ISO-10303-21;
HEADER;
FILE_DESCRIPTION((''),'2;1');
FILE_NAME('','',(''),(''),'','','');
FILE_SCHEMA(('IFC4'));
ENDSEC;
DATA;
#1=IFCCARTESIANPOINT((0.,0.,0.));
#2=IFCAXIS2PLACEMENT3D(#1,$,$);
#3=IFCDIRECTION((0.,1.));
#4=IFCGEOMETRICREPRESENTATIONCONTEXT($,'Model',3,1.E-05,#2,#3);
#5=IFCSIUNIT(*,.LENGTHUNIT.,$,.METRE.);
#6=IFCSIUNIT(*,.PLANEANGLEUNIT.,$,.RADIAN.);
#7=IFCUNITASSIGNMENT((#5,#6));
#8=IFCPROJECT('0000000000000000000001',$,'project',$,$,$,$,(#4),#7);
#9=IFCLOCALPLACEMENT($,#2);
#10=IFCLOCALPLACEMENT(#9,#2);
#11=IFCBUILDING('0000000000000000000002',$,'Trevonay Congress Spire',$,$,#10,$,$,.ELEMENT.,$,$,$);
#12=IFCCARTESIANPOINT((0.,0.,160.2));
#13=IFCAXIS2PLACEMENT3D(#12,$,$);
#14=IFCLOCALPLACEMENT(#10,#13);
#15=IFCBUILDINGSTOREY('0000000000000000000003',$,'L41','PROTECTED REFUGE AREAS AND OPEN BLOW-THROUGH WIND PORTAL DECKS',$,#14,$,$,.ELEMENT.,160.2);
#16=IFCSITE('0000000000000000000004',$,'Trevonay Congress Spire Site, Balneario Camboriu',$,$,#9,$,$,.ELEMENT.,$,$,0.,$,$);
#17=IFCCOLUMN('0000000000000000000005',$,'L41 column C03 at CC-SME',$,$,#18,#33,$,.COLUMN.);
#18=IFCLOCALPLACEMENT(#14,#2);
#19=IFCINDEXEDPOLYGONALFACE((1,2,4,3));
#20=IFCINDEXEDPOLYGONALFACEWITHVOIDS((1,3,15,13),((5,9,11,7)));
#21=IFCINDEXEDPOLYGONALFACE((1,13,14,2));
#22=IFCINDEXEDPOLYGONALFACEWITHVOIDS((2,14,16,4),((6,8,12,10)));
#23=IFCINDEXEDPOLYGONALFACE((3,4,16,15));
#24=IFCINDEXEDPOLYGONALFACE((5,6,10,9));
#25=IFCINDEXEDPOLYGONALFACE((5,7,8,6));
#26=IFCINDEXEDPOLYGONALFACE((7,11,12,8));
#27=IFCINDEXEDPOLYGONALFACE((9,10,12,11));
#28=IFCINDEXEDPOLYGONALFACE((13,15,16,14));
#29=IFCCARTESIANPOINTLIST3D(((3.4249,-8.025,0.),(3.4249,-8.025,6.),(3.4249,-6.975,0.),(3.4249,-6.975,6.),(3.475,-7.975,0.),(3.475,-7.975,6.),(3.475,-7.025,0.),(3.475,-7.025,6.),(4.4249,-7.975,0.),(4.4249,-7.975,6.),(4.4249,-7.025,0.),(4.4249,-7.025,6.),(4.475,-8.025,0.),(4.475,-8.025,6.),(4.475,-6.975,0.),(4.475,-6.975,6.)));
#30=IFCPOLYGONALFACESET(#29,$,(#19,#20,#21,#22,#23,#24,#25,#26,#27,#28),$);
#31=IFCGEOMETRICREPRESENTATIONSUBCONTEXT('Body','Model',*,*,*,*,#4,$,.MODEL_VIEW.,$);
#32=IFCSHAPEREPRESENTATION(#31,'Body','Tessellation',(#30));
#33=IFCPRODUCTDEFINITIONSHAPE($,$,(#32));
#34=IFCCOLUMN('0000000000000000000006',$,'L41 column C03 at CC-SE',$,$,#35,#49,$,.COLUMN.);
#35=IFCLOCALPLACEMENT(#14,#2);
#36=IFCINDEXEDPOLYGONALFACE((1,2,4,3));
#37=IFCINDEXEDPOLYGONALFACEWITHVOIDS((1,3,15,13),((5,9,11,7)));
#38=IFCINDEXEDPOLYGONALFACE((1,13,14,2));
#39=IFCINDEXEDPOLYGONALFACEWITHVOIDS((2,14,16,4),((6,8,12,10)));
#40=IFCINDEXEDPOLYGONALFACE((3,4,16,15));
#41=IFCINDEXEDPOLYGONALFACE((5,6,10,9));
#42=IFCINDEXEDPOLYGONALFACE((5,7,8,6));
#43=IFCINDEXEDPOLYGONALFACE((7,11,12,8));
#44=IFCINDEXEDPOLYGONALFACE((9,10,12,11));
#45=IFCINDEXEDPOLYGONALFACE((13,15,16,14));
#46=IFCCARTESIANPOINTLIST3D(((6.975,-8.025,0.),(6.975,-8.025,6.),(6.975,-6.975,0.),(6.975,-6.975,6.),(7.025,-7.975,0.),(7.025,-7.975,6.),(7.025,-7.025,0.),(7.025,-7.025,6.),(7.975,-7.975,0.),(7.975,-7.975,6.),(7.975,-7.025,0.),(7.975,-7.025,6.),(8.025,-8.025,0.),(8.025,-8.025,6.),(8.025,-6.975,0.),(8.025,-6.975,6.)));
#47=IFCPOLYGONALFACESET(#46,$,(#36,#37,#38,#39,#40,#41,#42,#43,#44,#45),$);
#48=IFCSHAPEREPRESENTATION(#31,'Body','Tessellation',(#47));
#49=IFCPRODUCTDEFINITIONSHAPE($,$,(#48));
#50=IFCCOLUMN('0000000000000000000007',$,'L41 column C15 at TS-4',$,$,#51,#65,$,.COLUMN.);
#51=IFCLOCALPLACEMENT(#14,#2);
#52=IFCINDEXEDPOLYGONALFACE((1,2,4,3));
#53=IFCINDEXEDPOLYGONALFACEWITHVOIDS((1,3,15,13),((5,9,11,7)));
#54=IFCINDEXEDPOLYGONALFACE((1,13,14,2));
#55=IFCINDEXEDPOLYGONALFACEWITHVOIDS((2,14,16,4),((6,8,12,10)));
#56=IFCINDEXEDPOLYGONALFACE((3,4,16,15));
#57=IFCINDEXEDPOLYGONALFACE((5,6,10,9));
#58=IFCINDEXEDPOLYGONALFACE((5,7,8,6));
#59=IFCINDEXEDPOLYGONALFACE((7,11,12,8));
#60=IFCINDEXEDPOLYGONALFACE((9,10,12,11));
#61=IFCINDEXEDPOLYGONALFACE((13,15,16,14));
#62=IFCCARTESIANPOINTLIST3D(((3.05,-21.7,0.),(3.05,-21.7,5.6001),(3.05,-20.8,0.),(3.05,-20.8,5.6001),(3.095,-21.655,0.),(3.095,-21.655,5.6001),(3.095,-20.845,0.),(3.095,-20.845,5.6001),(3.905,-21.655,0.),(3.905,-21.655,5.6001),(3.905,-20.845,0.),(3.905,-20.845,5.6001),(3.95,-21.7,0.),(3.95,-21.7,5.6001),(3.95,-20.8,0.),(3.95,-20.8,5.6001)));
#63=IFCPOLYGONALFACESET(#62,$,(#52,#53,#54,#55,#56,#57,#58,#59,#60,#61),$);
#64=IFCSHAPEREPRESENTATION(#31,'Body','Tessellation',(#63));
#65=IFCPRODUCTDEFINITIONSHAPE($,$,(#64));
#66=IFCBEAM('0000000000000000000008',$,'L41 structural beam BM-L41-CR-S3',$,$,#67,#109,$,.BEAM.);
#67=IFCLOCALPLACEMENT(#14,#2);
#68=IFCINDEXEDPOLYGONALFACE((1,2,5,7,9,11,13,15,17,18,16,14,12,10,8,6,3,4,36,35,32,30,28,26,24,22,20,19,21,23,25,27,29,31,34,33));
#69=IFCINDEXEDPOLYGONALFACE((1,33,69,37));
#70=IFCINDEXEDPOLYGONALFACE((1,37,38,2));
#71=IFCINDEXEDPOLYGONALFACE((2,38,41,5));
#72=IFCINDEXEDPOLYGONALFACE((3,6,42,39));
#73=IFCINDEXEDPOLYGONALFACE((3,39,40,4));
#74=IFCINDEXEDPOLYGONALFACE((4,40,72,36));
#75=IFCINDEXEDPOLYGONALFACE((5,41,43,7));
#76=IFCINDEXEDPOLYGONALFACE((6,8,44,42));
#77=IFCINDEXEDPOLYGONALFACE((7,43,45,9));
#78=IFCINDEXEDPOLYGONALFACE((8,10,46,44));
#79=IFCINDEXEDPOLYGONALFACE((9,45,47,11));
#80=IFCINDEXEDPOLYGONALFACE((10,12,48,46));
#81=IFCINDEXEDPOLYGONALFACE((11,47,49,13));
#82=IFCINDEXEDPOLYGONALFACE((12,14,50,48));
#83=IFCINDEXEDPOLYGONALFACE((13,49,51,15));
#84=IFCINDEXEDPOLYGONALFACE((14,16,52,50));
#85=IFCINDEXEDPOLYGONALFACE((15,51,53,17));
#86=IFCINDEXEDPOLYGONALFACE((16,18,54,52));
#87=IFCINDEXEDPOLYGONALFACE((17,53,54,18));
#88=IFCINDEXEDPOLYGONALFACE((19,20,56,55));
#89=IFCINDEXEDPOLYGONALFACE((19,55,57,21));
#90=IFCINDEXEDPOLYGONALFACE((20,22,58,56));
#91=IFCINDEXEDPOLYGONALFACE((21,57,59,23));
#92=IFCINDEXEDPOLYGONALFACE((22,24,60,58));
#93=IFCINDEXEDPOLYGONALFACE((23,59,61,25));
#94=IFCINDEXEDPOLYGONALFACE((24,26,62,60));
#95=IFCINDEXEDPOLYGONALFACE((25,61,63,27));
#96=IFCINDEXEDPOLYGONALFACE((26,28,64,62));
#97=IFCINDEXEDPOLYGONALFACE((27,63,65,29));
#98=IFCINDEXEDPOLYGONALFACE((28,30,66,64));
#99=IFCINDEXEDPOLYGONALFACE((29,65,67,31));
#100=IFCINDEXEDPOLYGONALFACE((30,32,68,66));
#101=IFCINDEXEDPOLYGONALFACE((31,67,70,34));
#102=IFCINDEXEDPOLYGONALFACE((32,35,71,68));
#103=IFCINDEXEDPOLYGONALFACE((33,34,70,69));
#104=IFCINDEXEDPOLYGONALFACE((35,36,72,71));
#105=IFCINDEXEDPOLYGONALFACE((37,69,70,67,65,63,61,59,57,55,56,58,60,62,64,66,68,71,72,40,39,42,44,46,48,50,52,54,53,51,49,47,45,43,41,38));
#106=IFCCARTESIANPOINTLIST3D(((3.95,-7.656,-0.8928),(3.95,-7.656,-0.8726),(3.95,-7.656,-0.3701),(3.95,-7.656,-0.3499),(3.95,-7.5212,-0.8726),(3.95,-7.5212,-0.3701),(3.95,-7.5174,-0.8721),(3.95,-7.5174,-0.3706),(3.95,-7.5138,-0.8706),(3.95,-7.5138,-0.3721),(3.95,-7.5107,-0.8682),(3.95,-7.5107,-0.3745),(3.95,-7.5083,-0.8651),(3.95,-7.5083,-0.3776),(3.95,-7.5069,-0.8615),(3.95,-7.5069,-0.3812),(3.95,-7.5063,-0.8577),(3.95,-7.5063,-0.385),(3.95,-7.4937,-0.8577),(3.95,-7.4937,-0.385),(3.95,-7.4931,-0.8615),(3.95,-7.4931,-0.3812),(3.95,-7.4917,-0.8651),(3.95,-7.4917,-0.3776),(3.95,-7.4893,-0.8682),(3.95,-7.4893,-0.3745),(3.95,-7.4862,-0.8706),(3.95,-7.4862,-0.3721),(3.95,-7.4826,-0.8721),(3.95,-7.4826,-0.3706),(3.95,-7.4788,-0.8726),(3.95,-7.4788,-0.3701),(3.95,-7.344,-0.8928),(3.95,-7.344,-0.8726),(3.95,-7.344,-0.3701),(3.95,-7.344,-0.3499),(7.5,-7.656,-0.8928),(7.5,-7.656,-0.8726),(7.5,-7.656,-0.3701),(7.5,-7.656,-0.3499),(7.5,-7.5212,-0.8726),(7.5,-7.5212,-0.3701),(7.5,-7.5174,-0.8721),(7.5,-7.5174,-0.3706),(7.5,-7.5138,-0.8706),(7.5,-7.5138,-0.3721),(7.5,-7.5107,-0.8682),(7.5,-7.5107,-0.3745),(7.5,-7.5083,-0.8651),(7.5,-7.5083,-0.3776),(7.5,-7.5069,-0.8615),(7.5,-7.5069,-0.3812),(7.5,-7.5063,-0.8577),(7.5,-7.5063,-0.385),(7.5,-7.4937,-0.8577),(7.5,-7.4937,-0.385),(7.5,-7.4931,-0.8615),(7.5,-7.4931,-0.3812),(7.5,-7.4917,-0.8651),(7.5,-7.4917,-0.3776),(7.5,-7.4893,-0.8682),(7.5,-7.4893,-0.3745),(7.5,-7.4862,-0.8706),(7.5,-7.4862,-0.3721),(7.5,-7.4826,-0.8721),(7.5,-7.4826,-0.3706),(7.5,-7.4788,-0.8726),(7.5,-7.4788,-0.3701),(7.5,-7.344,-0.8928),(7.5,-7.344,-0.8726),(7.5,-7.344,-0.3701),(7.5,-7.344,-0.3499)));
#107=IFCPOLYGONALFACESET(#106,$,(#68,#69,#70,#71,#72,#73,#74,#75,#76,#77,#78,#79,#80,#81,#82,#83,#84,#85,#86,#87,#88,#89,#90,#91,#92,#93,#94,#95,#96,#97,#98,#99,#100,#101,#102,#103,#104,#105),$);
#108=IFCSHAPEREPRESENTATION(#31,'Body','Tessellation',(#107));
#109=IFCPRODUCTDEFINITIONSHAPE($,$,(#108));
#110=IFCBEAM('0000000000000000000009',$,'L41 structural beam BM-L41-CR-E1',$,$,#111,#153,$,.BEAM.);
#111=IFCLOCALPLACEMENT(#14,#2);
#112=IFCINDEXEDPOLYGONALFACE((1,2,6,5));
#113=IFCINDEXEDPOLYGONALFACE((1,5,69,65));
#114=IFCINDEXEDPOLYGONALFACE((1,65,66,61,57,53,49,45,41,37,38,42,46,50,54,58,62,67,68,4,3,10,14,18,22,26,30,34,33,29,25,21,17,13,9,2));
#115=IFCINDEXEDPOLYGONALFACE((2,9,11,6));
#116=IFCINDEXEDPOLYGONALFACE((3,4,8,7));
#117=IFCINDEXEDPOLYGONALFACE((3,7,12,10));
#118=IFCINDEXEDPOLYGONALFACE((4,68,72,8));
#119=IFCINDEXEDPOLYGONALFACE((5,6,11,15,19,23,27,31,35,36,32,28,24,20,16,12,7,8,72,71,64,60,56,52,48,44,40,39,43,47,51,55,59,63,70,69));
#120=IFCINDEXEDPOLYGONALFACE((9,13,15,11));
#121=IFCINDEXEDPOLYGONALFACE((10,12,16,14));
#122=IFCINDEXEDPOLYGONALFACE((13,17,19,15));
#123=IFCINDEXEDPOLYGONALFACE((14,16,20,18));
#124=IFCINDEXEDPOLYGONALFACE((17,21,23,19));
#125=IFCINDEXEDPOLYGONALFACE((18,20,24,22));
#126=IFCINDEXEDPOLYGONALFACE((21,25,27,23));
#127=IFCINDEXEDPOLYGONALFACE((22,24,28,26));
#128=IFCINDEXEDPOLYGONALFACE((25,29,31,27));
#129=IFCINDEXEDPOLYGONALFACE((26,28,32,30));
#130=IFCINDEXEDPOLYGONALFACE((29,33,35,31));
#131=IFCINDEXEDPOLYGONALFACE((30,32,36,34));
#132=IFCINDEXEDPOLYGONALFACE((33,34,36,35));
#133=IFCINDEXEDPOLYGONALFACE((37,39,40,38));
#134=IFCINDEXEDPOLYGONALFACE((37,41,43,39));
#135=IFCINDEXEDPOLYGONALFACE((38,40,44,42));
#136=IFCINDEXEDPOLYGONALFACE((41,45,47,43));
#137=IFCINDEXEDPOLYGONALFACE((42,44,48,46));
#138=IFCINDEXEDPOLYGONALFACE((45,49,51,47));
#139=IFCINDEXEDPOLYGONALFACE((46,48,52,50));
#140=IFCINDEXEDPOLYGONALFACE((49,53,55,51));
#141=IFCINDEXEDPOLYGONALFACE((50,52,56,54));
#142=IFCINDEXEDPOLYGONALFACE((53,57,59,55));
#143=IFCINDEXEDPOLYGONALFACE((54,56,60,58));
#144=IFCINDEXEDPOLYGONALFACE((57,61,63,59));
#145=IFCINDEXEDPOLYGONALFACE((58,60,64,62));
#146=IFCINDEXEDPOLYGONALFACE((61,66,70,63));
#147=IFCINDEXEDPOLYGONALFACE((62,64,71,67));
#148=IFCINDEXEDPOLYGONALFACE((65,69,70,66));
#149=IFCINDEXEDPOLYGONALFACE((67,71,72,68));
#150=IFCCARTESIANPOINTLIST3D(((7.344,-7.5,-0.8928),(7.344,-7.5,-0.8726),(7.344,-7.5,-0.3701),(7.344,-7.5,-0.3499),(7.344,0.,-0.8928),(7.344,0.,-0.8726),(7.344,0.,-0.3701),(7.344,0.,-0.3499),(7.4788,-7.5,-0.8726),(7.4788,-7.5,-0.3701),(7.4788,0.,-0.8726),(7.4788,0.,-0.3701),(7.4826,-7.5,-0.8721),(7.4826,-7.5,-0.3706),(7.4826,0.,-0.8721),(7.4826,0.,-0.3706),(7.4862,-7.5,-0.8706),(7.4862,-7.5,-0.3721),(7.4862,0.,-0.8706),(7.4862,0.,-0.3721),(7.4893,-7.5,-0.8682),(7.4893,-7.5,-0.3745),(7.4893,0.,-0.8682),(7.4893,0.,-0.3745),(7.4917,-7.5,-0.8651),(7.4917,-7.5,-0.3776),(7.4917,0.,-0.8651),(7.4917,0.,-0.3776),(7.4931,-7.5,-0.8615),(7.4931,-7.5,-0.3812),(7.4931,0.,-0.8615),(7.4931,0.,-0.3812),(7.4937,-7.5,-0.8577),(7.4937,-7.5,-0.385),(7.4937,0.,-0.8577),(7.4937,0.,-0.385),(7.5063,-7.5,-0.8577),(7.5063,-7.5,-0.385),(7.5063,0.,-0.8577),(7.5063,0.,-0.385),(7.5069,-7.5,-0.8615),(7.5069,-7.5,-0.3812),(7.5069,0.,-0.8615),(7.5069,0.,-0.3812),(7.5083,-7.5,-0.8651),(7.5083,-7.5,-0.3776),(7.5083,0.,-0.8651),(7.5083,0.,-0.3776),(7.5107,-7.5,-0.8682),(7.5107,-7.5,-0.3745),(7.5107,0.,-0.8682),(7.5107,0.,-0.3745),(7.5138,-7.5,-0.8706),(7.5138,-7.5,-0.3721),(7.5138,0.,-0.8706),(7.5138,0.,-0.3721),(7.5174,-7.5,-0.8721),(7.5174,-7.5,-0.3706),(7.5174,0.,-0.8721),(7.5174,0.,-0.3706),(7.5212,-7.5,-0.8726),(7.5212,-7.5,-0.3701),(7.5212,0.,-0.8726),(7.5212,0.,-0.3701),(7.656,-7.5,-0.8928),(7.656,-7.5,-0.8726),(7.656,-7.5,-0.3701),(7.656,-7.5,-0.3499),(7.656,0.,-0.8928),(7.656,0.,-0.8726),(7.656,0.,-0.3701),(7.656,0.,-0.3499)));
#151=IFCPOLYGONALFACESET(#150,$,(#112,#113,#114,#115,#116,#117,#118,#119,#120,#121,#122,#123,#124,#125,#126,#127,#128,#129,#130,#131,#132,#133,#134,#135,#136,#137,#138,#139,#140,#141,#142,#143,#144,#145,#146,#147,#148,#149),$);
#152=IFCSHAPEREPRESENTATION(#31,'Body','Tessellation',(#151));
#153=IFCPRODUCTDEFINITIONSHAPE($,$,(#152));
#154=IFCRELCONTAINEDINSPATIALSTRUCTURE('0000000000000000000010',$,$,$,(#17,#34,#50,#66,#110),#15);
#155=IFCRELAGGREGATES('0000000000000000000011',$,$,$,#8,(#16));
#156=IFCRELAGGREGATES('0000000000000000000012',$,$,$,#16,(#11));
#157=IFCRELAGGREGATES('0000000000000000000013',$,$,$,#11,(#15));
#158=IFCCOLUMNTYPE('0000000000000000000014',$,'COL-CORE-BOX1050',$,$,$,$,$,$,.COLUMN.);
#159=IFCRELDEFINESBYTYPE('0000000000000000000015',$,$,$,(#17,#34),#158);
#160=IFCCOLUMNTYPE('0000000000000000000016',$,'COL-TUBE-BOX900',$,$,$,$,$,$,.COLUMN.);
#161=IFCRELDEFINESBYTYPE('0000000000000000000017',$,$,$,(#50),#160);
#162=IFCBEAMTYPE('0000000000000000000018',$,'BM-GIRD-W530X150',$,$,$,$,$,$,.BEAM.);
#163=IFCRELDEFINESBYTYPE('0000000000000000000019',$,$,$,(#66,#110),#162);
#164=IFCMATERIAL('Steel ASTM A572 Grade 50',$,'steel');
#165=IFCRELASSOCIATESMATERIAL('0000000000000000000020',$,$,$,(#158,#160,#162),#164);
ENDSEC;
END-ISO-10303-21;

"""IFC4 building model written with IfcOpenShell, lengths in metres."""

from ifc_helpers import new_model, si_unit, direction, frame, origin, origin_2d, place, context, subcontext, project, spatial, hollow_rectangle, i_section, extrude, material, material_profile, profile_set, type_object, element, save


model = new_model("IFC4")

# Units and contexts
model_context = context("Model", 3, precision=1e-05, world=origin(), true_north=direction((0.0, 1.0)))
body_context = subcontext(model_context, "Body", "Model", "MODEL_VIEW")
ifc_project = project(units=[si_unit("LENGTHUNIT", "METRE"), si_unit("PLANEANGLEUNIT", "RADIAN")], contexts=[model_context])

# Site, building, storey
site_placement = place(None, origin())
site = spatial("IfcSite", under=ifc_project, at=site_placement, Name="Trevonay Congress Spire Site, Balneario Camboriu", CompositionType="ELEMENT", RefElevation=0.0)
building_placement = place(site_placement, origin())
building = spatial("IfcBuilding", under=site, at=building_placement, Name="Trevonay Congress Spire", CompositionType="ELEMENT")
storey_placement = place(building_placement, frame((0.0, 0.0, 160.2)))
storey = spatial("IfcBuildingStorey", under=building, at=storey_placement, Name="L41", Description="PROTECTED REFUGE AREAS AND OPEN BLOW-THROUGH WIND PORTAL DECKS", CompositionType="ELEMENT", Elevation=160.2)

# Columns
ifc_material_1 = material(Name="Steel ASTM A572 Grade 50", Category="steel")
ifc_material_profile_1 = material_profile(ifc_material_1, hollow_rectangle(XDim=1.05, YDim=1.05, WallThickness=0.05, at=origin_2d()), Name="BOX 1050x1050x50")
ifc_profile_set_1 = profile_set([ifc_material_profile_1], Name="Steel ASTM A572 Grade 50")
column_type_1 = type_object("IfcColumnType", Name="COL-CORE-BOX1050", PredefinedType="COLUMN", material=ifc_profile_set_1)
for number, where, z_axis, x_axis, name in (
    (1, (3.95, -7.5, 0.0), (0.0, 0.0, 1.0), (1.0, 0.0, 0.0), "L41 column C03 at CC-SME"),
    (2, (7.5, -7.5, 0.0), (0.0, 0.0, 1.0), (1.0, 0.0, 0.0), "L41 column C03 at CC-SE"),
):
    element("IfcColumn", number, at=place(storey_placement, frame(where, z_axis=z_axis, x_axis=x_axis)), inside=storey, type_object=column_type_1, Name=name, PredefinedType="COLUMN", context=body_context, shape_type="SweptSolid", body=[
        extrude(hollow_rectangle(XDim=1.05, YDim=1.05, WallThickness=0.05, at=origin_2d()), origin(), (0.0, 0.0, 1.0), 6.0),
    ])
ifc_material_profile_2 = material_profile(ifc_material_1, hollow_rectangle(XDim=0.8999, YDim=0.8999, WallThickness=0.0449, at=origin_2d()), Name="BOX 900x900x45")
ifc_profile_set_2 = profile_set([ifc_material_profile_2], Name="Steel ASTM A572 Grade 50")
column_type_2 = type_object("IfcColumnType", Name="COL-TUBE-BOX900", PredefinedType="COLUMN", material=ifc_profile_set_2)
column_placement = place(storey_placement, frame((3.5, -21.25, 0.0), z_axis=(0.0, 0.0, 1.0), x_axis=(1.0, 0.0, 0.0)))
element("IfcColumn", 3, at=column_placement, inside=storey, type_object=column_type_2, Name="L41 column C15 at TS-4", PredefinedType="COLUMN", context=body_context, shape_type="SweptSolid", body=[
    extrude(hollow_rectangle(XDim=0.8999, YDim=0.8999, WallThickness=0.0449, at=origin_2d()), origin(), (0.0, 0.0, 1.0), 5.6001),
])

# Beams
ifc_material_profile_3 = material_profile(ifc_material_1, i_section(OverallWidth=0.312, OverallDepth=0.543, WebThickness=0.0127, FlangeThickness=0.0203, FilletRadius=0.0149, at=origin_2d()), Name="W530x150")
ifc_profile_set_3 = profile_set([ifc_material_profile_3], Name="Steel ASTM A572 Grade 50")
beam_type_1 = type_object("IfcBeamType", Name="BM-GIRD-W530X150", PredefinedType="BEAM", material=ifc_profile_set_3)
beam_1_placement = place(storey_placement, frame((3.95, -7.5, -0.6213), z_axis=(1.0, 0.0, 0.0), x_axis=(0.0, 1.0, 0.0)))
element("IfcBeam", 4, at=beam_1_placement, inside=storey, type_object=beam_type_1, Name="L41 structural beam BM-L41-CR-S3", PredefinedType="BEAM", context=body_context, shape_type="SweptSolid", body=[
    extrude(i_section(OverallWidth=0.312, OverallDepth=0.543, WebThickness=0.0127, FlangeThickness=0.0203, FilletRadius=0.0149, at=origin_2d()), origin(), (0.0, 0.0, 1.0), 3.55),
])
beam_2_placement = place(storey_placement, frame((7.5, -7.5, -0.6213), z_axis=(0.0, 1.0, 0.0), x_axis=(-1.0, 0.0, 0.0)))
element("IfcBeam", 5, at=beam_2_placement, inside=storey, type_object=beam_type_1, Name="L41 structural beam BM-L41-CR-E1", PredefinedType="BEAM", context=body_context, shape_type="SweptSolid", body=[
    extrude(i_section(OverallWidth=0.312, OverallDepth=0.543, WebThickness=0.0127, FlangeThickness=0.0203, FilletRadius=0.0149, at=origin_2d()), origin(), (0.0, 0.0, 1.0), 7.5),
])

save(model, "model.ifc")
